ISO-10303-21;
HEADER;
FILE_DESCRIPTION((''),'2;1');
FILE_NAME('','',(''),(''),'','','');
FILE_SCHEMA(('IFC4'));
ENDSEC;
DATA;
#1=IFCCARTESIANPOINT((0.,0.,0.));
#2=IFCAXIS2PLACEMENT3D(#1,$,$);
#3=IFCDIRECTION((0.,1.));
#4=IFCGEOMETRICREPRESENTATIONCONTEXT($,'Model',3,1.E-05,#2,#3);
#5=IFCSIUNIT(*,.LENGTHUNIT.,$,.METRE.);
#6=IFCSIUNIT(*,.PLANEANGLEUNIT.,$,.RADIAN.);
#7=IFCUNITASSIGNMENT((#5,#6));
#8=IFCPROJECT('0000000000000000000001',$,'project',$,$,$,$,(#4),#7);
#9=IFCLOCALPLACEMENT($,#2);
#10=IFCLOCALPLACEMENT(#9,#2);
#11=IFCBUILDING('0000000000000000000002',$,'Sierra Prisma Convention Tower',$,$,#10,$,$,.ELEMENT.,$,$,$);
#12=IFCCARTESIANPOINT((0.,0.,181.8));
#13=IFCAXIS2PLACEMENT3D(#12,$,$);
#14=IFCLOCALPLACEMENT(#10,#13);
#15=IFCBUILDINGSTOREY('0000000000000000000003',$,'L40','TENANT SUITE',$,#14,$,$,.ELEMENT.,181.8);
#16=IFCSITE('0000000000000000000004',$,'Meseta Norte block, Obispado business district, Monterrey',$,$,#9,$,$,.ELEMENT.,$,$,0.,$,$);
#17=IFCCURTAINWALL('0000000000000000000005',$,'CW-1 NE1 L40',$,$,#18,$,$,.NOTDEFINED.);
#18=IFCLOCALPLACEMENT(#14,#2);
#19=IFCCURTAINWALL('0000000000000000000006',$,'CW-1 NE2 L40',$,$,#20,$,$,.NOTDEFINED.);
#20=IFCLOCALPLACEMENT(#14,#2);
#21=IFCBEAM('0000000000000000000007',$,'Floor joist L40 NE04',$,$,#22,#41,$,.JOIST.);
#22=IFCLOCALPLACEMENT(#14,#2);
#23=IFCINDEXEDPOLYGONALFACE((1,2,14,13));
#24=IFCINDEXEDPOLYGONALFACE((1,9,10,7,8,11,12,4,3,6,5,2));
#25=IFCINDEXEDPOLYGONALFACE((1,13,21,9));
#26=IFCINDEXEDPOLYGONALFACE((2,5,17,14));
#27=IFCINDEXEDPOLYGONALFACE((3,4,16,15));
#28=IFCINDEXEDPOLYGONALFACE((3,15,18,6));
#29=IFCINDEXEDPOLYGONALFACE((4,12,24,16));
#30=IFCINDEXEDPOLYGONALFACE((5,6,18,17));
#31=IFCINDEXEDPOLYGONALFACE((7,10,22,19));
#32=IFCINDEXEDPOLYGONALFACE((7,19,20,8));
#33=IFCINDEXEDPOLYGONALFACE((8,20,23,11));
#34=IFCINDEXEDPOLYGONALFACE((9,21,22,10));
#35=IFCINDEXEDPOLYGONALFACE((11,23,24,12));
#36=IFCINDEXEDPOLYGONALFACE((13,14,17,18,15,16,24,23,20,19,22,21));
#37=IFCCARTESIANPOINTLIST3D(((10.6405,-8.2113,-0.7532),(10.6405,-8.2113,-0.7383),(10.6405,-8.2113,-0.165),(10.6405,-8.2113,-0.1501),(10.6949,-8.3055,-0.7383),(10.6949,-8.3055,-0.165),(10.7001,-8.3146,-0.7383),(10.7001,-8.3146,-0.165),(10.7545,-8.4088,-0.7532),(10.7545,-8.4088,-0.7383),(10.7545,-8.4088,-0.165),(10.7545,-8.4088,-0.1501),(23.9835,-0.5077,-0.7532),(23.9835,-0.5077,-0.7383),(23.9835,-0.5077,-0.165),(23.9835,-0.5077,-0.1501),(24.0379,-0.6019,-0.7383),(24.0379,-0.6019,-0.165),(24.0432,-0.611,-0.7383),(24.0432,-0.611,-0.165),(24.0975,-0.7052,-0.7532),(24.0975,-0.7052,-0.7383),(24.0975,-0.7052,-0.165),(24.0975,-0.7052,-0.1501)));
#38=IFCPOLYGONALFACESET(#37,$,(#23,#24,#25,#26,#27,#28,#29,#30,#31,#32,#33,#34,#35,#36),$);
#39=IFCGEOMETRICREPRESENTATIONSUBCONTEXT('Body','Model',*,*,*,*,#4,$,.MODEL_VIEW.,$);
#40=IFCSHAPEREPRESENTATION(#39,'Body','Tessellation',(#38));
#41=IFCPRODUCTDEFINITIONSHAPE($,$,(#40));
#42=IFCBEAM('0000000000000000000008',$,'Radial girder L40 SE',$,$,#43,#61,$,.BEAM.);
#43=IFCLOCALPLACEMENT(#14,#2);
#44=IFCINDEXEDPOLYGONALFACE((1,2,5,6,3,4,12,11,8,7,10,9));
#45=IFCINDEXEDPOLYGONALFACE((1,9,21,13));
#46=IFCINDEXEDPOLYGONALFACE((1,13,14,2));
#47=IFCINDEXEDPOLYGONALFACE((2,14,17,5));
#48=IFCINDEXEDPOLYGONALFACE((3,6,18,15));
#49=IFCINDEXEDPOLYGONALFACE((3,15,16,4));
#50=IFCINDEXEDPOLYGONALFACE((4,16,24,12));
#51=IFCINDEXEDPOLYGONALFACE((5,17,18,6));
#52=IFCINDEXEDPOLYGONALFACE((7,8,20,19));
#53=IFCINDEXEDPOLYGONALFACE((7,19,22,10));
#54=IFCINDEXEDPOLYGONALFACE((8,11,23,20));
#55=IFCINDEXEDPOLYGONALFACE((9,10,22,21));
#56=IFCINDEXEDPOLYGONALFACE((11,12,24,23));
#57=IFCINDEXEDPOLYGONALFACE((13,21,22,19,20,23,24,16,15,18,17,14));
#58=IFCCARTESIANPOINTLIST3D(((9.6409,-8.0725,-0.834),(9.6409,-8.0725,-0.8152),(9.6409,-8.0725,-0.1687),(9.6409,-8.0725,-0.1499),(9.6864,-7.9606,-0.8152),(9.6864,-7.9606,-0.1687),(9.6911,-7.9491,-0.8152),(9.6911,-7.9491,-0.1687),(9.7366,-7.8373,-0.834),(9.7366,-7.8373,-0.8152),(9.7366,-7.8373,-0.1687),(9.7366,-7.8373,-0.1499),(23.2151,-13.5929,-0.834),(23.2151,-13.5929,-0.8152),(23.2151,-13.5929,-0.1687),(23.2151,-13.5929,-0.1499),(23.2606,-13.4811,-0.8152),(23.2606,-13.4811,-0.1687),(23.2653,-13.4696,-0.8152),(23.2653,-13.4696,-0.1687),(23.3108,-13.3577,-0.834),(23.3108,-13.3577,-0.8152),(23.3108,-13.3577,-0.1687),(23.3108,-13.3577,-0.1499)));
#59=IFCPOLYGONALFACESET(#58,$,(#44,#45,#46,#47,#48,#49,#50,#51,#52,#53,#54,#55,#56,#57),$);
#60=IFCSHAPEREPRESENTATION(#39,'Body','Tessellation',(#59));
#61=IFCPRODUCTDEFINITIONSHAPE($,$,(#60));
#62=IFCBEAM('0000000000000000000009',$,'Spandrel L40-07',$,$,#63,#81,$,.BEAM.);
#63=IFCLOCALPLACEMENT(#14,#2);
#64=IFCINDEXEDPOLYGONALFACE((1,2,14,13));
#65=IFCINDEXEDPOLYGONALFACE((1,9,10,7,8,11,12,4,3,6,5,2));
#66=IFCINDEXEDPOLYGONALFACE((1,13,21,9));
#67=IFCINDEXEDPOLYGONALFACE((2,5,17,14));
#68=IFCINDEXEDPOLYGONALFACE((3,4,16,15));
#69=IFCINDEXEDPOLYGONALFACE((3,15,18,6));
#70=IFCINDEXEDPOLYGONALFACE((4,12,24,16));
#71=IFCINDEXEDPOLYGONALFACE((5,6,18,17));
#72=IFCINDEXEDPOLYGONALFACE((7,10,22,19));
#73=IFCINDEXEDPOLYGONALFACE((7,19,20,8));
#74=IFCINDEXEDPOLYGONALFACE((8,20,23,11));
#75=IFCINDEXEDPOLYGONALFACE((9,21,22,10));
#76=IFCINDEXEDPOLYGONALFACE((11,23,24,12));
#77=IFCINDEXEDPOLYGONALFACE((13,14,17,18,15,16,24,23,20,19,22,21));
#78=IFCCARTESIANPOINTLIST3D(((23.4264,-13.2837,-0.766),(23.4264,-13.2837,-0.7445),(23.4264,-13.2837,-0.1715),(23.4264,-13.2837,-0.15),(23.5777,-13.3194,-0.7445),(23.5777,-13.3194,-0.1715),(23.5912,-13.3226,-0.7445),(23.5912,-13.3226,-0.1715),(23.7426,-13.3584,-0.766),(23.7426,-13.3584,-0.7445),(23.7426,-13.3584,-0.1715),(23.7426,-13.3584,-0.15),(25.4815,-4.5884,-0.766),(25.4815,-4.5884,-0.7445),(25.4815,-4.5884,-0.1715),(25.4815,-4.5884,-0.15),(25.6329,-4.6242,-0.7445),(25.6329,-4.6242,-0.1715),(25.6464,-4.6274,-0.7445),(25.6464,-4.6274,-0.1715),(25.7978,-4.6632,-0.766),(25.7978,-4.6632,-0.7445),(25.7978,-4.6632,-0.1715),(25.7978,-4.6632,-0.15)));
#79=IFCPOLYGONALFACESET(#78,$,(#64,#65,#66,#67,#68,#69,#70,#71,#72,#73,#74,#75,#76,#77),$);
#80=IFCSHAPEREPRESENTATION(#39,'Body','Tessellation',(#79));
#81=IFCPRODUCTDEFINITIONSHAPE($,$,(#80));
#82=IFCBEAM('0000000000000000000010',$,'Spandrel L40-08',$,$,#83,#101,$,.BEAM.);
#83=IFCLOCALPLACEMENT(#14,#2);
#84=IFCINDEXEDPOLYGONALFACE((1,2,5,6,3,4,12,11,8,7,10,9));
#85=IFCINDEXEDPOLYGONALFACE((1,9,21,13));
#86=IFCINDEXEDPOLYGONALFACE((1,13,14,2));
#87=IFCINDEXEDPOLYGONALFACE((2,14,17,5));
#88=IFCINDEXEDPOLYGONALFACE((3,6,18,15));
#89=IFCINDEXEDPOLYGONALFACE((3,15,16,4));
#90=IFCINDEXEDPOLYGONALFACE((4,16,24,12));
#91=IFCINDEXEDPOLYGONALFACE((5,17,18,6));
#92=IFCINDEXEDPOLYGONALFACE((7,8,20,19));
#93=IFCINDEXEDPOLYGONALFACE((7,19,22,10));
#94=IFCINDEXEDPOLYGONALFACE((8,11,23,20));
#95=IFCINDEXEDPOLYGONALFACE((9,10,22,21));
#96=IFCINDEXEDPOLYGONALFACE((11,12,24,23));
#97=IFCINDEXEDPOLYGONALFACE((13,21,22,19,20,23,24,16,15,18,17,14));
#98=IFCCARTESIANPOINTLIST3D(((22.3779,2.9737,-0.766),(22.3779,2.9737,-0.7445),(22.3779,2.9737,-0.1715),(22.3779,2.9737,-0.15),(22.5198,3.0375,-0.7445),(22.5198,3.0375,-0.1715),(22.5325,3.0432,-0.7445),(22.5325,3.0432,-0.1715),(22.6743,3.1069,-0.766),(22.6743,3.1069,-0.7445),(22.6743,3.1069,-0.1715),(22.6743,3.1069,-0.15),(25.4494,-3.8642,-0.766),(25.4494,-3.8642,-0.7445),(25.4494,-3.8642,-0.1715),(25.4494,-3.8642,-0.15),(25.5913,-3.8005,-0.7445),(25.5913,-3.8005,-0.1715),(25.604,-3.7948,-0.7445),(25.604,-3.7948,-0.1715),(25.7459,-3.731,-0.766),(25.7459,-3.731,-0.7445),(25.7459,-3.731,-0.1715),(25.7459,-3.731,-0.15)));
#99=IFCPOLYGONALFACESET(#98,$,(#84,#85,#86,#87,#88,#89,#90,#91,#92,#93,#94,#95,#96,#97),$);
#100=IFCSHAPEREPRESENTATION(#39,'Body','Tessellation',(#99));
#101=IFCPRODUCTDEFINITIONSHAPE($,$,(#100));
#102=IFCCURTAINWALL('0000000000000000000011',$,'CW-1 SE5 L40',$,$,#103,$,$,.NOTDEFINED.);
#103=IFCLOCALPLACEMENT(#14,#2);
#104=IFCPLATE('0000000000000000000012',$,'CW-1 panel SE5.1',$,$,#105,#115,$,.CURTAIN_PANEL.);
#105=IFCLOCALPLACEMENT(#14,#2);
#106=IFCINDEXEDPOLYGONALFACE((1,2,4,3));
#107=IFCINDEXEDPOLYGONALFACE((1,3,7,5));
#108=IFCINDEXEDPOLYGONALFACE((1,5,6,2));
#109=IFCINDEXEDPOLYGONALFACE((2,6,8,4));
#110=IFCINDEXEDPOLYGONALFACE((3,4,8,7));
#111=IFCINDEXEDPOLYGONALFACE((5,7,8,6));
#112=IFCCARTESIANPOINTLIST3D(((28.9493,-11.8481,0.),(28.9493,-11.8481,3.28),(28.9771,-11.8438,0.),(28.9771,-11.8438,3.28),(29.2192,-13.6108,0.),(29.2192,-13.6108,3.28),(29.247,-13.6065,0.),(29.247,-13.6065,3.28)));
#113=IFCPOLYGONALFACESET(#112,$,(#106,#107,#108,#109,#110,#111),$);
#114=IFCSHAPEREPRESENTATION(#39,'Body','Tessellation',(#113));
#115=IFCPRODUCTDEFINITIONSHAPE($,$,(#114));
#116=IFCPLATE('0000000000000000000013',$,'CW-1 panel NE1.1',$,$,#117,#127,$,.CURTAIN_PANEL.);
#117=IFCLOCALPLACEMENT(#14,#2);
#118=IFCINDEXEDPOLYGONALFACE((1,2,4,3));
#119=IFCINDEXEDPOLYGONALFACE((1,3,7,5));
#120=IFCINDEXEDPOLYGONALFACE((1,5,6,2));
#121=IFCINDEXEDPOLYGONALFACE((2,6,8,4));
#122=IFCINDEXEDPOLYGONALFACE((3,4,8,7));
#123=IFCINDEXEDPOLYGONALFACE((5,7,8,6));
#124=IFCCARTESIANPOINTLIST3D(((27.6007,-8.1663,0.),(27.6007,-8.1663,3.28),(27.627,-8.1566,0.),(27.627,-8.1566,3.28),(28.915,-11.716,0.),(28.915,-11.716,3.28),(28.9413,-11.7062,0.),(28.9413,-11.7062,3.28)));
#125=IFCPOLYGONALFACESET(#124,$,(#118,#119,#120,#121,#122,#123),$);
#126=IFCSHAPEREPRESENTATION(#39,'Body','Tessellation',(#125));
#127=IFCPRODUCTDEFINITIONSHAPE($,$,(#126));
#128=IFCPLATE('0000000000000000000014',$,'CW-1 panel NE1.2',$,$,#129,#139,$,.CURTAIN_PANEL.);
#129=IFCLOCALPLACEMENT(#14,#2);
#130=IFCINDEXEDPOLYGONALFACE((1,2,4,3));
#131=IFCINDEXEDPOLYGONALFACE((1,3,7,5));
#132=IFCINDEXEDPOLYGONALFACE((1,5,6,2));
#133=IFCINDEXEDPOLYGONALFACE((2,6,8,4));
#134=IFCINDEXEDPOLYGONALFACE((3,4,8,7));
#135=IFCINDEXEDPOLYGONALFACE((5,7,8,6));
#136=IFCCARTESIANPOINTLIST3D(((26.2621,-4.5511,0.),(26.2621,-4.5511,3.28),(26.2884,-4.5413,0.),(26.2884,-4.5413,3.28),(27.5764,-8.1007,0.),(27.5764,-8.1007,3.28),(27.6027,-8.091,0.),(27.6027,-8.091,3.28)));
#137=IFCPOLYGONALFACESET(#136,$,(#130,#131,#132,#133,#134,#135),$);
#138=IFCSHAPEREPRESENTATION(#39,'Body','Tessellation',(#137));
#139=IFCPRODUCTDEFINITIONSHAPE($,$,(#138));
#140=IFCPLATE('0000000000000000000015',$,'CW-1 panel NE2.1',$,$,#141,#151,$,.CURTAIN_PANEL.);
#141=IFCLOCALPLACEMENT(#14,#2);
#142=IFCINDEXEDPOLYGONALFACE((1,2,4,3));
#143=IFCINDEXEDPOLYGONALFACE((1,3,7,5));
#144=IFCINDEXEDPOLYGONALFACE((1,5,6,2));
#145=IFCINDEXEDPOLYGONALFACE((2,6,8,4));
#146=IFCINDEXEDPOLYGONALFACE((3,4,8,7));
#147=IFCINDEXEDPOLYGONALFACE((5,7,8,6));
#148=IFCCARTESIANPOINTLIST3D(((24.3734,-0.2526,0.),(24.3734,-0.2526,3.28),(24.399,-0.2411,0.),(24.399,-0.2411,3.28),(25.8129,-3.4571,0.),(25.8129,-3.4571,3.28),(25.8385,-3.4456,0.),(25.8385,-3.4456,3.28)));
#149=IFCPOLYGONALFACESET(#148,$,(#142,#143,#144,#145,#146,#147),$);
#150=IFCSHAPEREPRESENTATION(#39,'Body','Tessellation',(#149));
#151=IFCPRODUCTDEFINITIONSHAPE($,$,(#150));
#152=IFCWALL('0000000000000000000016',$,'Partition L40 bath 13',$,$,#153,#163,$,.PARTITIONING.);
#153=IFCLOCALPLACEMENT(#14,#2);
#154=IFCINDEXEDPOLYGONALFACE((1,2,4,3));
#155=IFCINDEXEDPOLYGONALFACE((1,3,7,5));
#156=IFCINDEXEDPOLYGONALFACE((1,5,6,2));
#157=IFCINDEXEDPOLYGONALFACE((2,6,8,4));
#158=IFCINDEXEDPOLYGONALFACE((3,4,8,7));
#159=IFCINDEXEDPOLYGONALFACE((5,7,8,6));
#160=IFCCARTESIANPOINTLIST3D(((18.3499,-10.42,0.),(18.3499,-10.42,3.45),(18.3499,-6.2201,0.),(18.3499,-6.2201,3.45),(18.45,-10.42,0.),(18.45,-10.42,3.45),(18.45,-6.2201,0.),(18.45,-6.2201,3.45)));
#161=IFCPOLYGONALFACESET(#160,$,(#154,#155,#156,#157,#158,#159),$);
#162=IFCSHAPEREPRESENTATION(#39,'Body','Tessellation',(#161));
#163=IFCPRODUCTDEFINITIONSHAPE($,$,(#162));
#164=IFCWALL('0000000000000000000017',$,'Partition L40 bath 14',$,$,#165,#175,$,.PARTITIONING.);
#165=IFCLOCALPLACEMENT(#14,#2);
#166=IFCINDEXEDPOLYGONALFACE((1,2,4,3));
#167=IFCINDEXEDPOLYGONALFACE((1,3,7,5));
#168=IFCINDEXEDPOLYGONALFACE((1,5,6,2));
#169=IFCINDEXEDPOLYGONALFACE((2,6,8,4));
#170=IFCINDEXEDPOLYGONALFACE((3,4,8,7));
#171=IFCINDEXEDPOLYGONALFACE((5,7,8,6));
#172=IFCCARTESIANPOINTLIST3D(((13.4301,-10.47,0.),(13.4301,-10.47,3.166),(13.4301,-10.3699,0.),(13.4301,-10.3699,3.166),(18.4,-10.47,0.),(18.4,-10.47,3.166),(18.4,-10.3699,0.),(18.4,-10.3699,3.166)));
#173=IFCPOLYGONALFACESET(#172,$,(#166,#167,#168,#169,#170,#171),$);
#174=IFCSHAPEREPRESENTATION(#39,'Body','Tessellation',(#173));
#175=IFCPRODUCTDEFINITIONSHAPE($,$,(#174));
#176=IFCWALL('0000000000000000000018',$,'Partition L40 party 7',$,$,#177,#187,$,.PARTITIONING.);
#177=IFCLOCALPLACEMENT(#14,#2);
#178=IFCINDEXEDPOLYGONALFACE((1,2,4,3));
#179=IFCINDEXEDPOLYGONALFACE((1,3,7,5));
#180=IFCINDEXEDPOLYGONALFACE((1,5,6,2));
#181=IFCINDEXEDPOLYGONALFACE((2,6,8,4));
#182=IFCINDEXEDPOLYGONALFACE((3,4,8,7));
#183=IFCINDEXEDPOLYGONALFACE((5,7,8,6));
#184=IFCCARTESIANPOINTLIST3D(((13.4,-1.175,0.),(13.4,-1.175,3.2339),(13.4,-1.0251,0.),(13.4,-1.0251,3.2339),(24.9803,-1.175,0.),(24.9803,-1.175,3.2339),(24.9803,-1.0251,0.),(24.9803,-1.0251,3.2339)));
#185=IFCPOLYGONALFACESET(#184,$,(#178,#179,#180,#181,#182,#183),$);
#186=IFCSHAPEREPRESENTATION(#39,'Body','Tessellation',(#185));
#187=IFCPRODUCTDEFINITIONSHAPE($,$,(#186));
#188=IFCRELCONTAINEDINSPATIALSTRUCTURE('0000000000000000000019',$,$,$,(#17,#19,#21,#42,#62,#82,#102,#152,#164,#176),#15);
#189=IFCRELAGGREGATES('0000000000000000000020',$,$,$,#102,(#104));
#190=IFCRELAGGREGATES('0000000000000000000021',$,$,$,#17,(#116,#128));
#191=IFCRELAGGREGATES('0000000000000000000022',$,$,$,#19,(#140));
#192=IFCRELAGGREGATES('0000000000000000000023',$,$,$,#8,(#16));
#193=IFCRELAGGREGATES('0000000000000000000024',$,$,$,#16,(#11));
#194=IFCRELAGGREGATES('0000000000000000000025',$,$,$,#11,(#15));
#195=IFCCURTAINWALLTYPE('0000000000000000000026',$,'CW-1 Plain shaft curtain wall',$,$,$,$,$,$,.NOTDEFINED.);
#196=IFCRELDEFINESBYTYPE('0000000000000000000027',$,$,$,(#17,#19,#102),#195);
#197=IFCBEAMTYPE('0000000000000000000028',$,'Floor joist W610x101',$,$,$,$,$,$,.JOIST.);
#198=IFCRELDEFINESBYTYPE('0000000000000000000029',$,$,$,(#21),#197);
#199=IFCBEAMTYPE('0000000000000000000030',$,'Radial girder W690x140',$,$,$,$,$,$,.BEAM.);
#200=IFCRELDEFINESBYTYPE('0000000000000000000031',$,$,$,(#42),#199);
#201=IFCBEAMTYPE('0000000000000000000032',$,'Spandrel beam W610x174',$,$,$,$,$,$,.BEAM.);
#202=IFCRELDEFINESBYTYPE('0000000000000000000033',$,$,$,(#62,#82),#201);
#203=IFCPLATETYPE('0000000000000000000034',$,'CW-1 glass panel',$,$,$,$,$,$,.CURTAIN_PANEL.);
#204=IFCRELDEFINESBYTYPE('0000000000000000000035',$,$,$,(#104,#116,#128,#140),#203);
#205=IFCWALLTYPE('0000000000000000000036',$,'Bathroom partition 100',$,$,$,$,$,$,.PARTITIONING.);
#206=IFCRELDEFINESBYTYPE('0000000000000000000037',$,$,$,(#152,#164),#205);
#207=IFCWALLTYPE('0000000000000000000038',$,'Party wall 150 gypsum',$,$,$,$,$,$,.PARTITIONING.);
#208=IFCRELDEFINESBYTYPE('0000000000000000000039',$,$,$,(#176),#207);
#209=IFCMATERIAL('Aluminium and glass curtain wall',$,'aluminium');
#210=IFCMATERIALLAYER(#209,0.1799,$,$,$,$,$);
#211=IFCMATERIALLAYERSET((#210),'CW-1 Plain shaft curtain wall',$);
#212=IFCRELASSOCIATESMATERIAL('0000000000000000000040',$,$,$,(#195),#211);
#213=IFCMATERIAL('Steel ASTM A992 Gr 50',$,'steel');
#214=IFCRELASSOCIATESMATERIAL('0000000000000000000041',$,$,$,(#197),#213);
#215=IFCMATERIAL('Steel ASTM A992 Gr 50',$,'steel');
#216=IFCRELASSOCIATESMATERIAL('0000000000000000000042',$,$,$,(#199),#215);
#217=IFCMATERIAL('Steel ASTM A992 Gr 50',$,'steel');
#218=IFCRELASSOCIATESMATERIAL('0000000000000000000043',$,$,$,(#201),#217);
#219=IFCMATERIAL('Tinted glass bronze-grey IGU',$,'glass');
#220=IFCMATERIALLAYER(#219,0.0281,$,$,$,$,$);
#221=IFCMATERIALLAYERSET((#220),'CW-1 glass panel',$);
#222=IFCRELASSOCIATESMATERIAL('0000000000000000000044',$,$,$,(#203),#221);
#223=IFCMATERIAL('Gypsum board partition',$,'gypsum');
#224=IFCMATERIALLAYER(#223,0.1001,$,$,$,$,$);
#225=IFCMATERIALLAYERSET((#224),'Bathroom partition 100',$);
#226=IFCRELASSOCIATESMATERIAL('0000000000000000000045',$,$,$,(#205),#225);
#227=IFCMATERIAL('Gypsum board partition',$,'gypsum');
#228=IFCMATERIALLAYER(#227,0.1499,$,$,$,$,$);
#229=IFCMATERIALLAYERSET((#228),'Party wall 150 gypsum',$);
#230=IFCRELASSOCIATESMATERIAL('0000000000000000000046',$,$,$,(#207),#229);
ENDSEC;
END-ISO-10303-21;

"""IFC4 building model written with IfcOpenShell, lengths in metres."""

from ifc_helpers import new_model, si_unit, direction, frame, frame_2d, origin, origin_2d, place, context, subcontext, project, spatial, rectangle, i_section, extrude, material, layer, layer_set, material_profile, profile_set, type_object, element, aggregate, save


model = new_model("IFC4")

# Units and contexts
model_context = context("Model", 3, precision=1e-05, world=origin(), true_north=direction((0.0, 1.0)))
body_context = subcontext(model_context, "Body", "Model", "MODEL_VIEW")
ifc_project = project(units=[si_unit("LENGTHUNIT", "METRE"), si_unit("PLANEANGLEUNIT", "RADIAN")], contexts=[model_context])

# Site, building, storey
site_placement = place(None, origin())
site = spatial("IfcSite", under=ifc_project, at=site_placement, Name="Meseta Norte block, Obispado business district, Monterrey", CompositionType="ELEMENT", RefElevation=0.0)
building_placement = place(site_placement, origin())
building = spatial("IfcBuilding", under=site, at=building_placement, Name="Sierra Prisma Convention Tower", CompositionType="ELEMENT")
storey_placement = place(building_placement, frame((0.0, 0.0, 181.8)))
storey = spatial("IfcBuildingStorey", under=building, at=storey_placement, Name="L40", Description="TENANT SUITE", CompositionType="ELEMENT", Elevation=181.8)

# Curtain walls
ifc_material_1 = material(Name="Aluminium and glass curtain wall", Category="aluminium")
ifc_layer_1 = layer(ifc_material_1, 0.1799)
ifc_layer_set_1 = layer_set([ifc_layer_1], Name="CW-1 Plain shaft curtain wall")
curtain_wall_type = type_object("IfcCurtainWallType", Name="CW-1 Plain shaft curtain wall", PredefinedType="NOTDEFINED", material=ifc_layer_set_1)
curtain_wall_1_placement = place(storey_placement, origin())
curtain_wall_1 = element("IfcCurtainWall", 1, at=curtain_wall_1_placement, inside=storey, type_object=curtain_wall_type, Name="CW-1 NE1 L40", PredefinedType="NOTDEFINED")
curtain_wall_2_placement = place(storey_placement, origin())
curtain_wall_2 = element("IfcCurtainWall", 2, at=curtain_wall_2_placement, inside=storey, type_object=curtain_wall_type, Name="CW-1 NE2 L40", PredefinedType="NOTDEFINED")

# Beams
ifc_material_2 = material(Name="Steel ASTM A992 Gr 50", Category="steel")
ifc_material_profile_1 = material_profile(ifc_material_2, i_section(OverallWidth=0.228, OverallDepth=0.603, WebThickness=0.0105, FlangeThickness=0.0149, at=origin_2d()), Name="W610x101")
ifc_profile_set_1 = profile_set([ifc_material_profile_1], Name="Steel ASTM A992 Gr 50")
beam_type_1 = type_object("IfcBeamType", Name="Floor joist W610x101", PredefinedType="JOIST", material=ifc_profile_set_1)
beam_1_placement = place(storey_placement, frame((24.0405, -0.6064, -0.4517), z_axis=(-0.866025, -0.500001, 0.0), x_axis=(0.500001, -0.866025, 0.0)))
element("IfcBeam", 3, at=beam_1_placement, inside=storey, type_object=beam_type_1, Name="Floor joist L40 NE04", PredefinedType="JOIST", context=body_context, shape_type="SweptSolid", body=[
    extrude(i_section(OverallWidth=0.228, OverallDepth=0.603, WebThickness=0.0105, FlangeThickness=0.0149, at=origin_2d()), origin(), (0.0, 0.0, 1.0), 15.4072),
])
ifc_material_3 = material(Name="Steel ASTM A992 Gr 50", Category="steel")
ifc_material_profile_2 = material_profile(ifc_material_3, i_section(OverallWidth=0.2539, OverallDepth=0.6841, WebThickness=0.0125, FlangeThickness=0.0188, at=origin_2d()), Name="W690x140")
ifc_profile_set_2 = profile_set([ifc_material_profile_2], Name="Steel ASTM A992 Gr 50")
beam_type_2 = type_object("IfcBeamType", Name="Radial girder W690x140", PredefinedType="BEAM", material=ifc_profile_set_2)
beam_2_placement = place(storey_placement, frame((23.2629, -13.4753, -0.4919), z_axis=(-0.926324, 0.376727, 0.0), x_axis=(-0.376727, -0.926324, 0.0)))
element("IfcBeam", 4, at=beam_2_placement, inside=storey, type_object=beam_type_2, Name="Radial girder L40 SE", PredefinedType="BEAM", context=body_context, shape_type="SweptSolid", body=[
    extrude(i_section(OverallWidth=0.2539, OverallDepth=0.6841, WebThickness=0.0125, FlangeThickness=0.0188, at=origin_2d()), origin(), (0.0, 0.0, 1.0), 14.6538),
])
ifc_material_4 = material(Name="Steel ASTM A992 Gr 50", Category="steel")
ifc_material_profile_3 = material_profile(ifc_material_4, i_section(OverallWidth=0.325, OverallDepth=0.616, WebThickness=0.0139, FlangeThickness=0.0215, at=origin_2d()), Name="W610x174")
ifc_profile_set_3 = profile_set([ifc_material_profile_3], Name="Steel ASTM A992 Gr 50")
beam_type_3 = type_object("IfcBeamType", Name="Spandrel beam W610x174", PredefinedType="BEAM", material=ifc_profile_set_3)
beam_3_placement = place(storey_placement, frame((23.5845, -13.321, -0.458), z_axis=(0.230017, 0.973187, 0.0), x_axis=(-0.973187, 0.230017, 0.0)))
element("IfcBeam", 5, at=beam_3_placement, inside=storey, type_object=beam_type_3, Name="Spandrel L40-07", PredefinedType="BEAM", context=body_context, shape_type="SweptSolid", body=[
    extrude(i_section(OverallWidth=0.325, OverallDepth=0.616, WebThickness=0.0139, FlangeThickness=0.0215, at=origin_2d()), origin(), (0.0, 0.0, 1.0), 8.9348),
])
beam_4_placement = place(storey_placement, frame((25.5977, -3.7976, -0.458), z_axis=(-0.409752, 0.912197, 0.0), x_axis=(-0.912197, -0.409752, 0.0)))
element("IfcBeam", 6, at=beam_4_placement, inside=storey, type_object=beam_type_3, Name="Spandrel L40-08", PredefinedType="BEAM", context=body_context, shape_type="SweptSolid", body=[
    extrude(i_section(OverallWidth=0.325, OverallDepth=0.616, WebThickness=0.0139, FlangeThickness=0.0215, at=origin_2d()), origin(), (0.0, 0.0, 1.0), 7.4961),
])

# Curtain wall, plate
curtain_wall_3_placement = place(storey_placement, origin())
curtain_wall_3 = element("IfcCurtainWall", 7, at=curtain_wall_3_placement, inside=storey, type_object=curtain_wall_type, Name="CW-1 SE5 L40", PredefinedType="NOTDEFINED")
ifc_material_5 = material(Name="Tinted glass bronze-grey IGU", Category="glass")
ifc_layer_2 = layer(ifc_material_5, 0.0281)
ifc_layer_set_2 = layer_set([ifc_layer_2], Name="CW-1 glass panel")
plate_type = type_object("IfcPlateType", Name="CW-1 glass panel", PredefinedType="CURTAIN_PANEL", material=ifc_layer_set_2)
plate_1_placement = place(storey_placement, frame((29.0981, -12.7273, 0.0), z_axis=(0.0, 0.0, 1.0), x_axis=(-0.151345, 0.988481, 0.0)))
plate_1 = element("IfcPlate", 8, at=plate_1_placement, type_object=plate_type, Name="CW-1 panel SE5.1", PredefinedType="CURTAIN_PANEL", context=body_context, shape_type="SweptSolid", body=[
    extrude(rectangle(XDim=1.7832, YDim=0.0281, at=origin_2d()), origin(), (0.0, 0.0, 1.0), 3.28),
])
aggregate(curtain_wall_3, [plate_1])

# Plates
plate_2_placement = place(storey_placement, frame((28.271, -9.9363, 0.0), z_axis=(0.0, 0.0, 1.0), x_axis=(-0.347224, 0.937782, 0.0)))
plate_2 = element("IfcPlate", 9, at=plate_2_placement, type_object=plate_type, Name="CW-1 panel NE1.1", PredefinedType="CURTAIN_PANEL", context=body_context, shape_type="SweptSolid", body=[
    extrude(rectangle(XDim=3.7852, YDim=0.0281, at=origin_2d()), origin(), (0.0, 0.0, 1.0), 3.28),
])
plate_3_placement = place(storey_placement, frame((26.9324, -6.321, 0.0), z_axis=(0.0, 0.0, 1.0), x_axis=(-0.347224, 0.937782, 0.0)))
plate_3 = element("IfcPlate", 10, at=plate_3_placement, type_object=plate_type, Name="CW-1 panel NE1.2", PredefinedType="CURTAIN_PANEL", context=body_context, shape_type="SweptSolid", body=[
    extrude(rectangle(XDim=3.7852, YDim=0.0281, at=origin_2d()), origin(), (0.0, 0.0, 1.0), 3.28),
])
aggregate(curtain_wall_1, [plate_2, plate_3])
plate_4_placement = place(storey_placement, frame((25.106, -1.8491, 0.0), z_axis=(0.0, 0.0, 1.0), x_axis=(-0.409773, 0.912188, 0.0)))
plate_4 = element("IfcPlate", 11, at=plate_4_placement, type_object=plate_type, Name="CW-1 panel NE2.1", PredefinedType="CURTAIN_PANEL", context=body_context, shape_type="SweptSolid", body=[
    extrude(rectangle(XDim=3.5129, YDim=0.0281, at=origin_2d()), origin(), (0.0, 0.0, 1.0), 3.28),
])
aggregate(curtain_wall_2, [plate_4])

# Walls
ifc_material_6 = material(Name="Gypsum board partition", Category="gypsum")
ifc_layer_3 = layer(ifc_material_6, 0.1001)
ifc_layer_set_3 = layer_set([ifc_layer_3], Name="Bathroom partition 100")
wall_type_1 = type_object("IfcWallType", Name="Bathroom partition 100", PredefinedType="PARTITIONING", material=ifc_layer_set_3)
wall_1_placement = place(storey_placement, frame((18.3999, -6.22, 0.0), z_axis=(0.0, 0.0, 1.0), x_axis=(0.0, -1.0, 0.0)))
element("IfcWall", 12, at=wall_1_placement, inside=storey, type_object=wall_type_1, Name="Partition L40 bath 13", PredefinedType="PARTITIONING", context=body_context, shape_type="SweptSolid", body=[
    extrude(rectangle(XDim=4.2, YDim=0.1001, at=frame_2d((2.1001, 0.0))), origin(), (0.0, 0.0, 1.0), 3.45),
])
wall_2_placement = place(storey_placement, frame((18.3999, -10.4199, 0.0), z_axis=(0.0, 0.0, 1.0), x_axis=(-1.0, 0.0, 0.0)))
element("IfcWall", 13, at=wall_2_placement, inside=storey, type_object=wall_type_1, Name="Partition L40 bath 14", PredefinedType="PARTITIONING", context=body_context, shape_type="SweptSolid", body=[
    extrude(rectangle(XDim=4.97, YDim=0.1001, at=frame_2d((2.4849, 0.0))), origin(), (0.0, 0.0, 1.0), 3.166),
])
ifc_material_7 = material(Name="Gypsum board partition", Category="gypsum")
ifc_layer_4 = layer(ifc_material_7, 0.1499)
ifc_layer_set_4 = layer_set([ifc_layer_4], Name="Party wall 150 gypsum")
wall_type_2 = type_object("IfcWallType", Name="Party wall 150 gypsum", PredefinedType="PARTITIONING", material=ifc_layer_set_4)
wall_3_placement = place(storey_placement, frame((24.9802, -1.1001, 0.0), z_axis=(0.0, 0.0, 1.0), x_axis=(-1.0, 0.0, 0.0)))
element("IfcWall", 14, at=wall_3_placement, inside=storey, type_object=wall_type_2, Name="Partition L40 party 7", PredefinedType="PARTITIONING", context=body_context, shape_type="SweptSolid", body=[
    extrude(rectangle(XDim=11.5803, YDim=0.1499, at=frame_2d((5.79, 0.0))), origin(), (0.0, 0.0, 1.0), 3.2339),
])

save(model, "model.ifc")
